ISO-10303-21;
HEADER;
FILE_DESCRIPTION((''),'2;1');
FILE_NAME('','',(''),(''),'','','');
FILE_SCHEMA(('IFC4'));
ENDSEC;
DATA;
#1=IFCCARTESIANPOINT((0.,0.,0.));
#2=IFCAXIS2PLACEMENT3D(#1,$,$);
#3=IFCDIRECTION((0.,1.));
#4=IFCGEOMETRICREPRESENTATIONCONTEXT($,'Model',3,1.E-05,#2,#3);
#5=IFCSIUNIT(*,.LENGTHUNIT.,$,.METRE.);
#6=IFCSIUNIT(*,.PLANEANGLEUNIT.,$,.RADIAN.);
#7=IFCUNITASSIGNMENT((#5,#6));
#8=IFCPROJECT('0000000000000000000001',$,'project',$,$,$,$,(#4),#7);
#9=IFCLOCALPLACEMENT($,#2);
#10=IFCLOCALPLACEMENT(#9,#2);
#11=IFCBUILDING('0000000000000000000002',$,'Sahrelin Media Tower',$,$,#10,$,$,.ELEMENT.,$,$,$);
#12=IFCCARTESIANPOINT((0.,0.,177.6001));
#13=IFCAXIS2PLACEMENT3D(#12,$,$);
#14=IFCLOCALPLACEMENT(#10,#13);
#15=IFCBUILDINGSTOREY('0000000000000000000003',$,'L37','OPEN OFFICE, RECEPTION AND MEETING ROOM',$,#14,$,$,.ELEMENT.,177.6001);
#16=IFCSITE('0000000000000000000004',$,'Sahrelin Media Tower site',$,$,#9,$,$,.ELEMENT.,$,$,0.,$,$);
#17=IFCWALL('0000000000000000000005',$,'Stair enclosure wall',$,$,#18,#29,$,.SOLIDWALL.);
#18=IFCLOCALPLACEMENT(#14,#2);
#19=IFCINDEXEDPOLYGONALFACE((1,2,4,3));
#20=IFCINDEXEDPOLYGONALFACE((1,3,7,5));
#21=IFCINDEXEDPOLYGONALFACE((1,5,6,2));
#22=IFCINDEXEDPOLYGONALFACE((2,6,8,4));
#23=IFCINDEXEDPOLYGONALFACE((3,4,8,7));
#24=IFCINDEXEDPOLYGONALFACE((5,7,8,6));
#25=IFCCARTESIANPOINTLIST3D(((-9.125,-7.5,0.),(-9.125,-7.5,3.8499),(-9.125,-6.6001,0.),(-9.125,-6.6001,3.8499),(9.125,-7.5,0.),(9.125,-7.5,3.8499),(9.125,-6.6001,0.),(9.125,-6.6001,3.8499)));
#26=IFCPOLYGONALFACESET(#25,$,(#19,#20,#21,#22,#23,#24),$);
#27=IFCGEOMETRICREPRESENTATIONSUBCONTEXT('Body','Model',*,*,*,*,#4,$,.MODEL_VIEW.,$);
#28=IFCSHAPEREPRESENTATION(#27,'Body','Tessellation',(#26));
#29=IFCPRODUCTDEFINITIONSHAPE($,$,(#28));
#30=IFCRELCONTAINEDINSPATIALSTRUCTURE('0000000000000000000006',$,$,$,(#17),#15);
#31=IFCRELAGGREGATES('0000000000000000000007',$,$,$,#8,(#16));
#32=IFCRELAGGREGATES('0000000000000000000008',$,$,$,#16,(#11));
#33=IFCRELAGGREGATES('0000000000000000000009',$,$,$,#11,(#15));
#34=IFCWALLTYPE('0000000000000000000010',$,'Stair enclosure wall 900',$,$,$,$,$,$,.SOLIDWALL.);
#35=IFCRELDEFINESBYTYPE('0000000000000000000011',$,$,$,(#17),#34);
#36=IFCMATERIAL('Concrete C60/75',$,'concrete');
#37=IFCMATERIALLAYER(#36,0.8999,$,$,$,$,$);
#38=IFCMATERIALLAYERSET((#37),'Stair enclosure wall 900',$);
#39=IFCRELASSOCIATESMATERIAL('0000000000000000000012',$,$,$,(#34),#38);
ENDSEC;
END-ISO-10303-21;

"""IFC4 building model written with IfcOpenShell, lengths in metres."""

from ifc_helpers import new_model, si_unit, direction, frame, frame_2d, origin, place, context, subcontext, project, spatial, rectangle, extrude, material, layer, layer_set, type_object, element, save


model = new_model("IFC4")

# Units and contexts
model_context = context("Model", 3, precision=1e-05, world=origin(), true_north=direction((0.0, 1.0)))
body_context = subcontext(model_context, "Body", "Model", "MODEL_VIEW")
ifc_project = project(units=[si_unit("LENGTHUNIT", "METRE"), si_unit("PLANEANGLEUNIT", "RADIAN")], contexts=[model_context])

# Site, building, storey
site_placement = place(None, origin())
site = spatial("IfcSite", under=ifc_project, at=site_placement, Name="Sahrelin Media Tower site", CompositionType="ELEMENT", RefElevation=0.0)
building_placement = place(site_placement, origin())
building = spatial("IfcBuilding", under=site, at=building_placement, Name="Sahrelin Media Tower", CompositionType="ELEMENT")
storey_placement = place(building_placement, frame((0.0, 0.0, 177.6001)))
storey = spatial("IfcBuildingStorey", under=building, at=storey_placement, Name="L37", Description="OPEN OFFICE, RECEPTION AND MEETING ROOM", CompositionType="ELEMENT", Elevation=177.6001)

# Shared definitions
ifc_material_1 = material(Name="Concrete C60/75", Category="concrete")

# Wall
ifc_layer_1 = layer(ifc_material_1, 0.8999)
ifc_layer_set_1 = layer_set([ifc_layer_1], Name="Stair enclosure wall 900")
wall_type_1 = type_object("IfcWallType", Name="Stair enclosure wall 900", PredefinedType="SOLIDWALL", material=ifc_layer_set_1)
wall_1_placement = place(storey_placement, frame((-9.125, -7.05, 0.0), z_axis=(0.0, 0.0, 1.0), x_axis=(1.0, 0.0, 0.0)))
element("IfcWall", 1, at=wall_1_placement, inside=storey, type_object=wall_type_1, Name="Stair enclosure wall", PredefinedType="SOLIDWALL", context=body_context, shape_type="SweptSolid", body=[
    extrude(rectangle(XDim=18.25, YDim=0.8999, at=frame_2d((9.125, 0.0))), origin(), (0.0, 0.0, 1.0), 3.8499),
])

save(model, "model.ifc")
